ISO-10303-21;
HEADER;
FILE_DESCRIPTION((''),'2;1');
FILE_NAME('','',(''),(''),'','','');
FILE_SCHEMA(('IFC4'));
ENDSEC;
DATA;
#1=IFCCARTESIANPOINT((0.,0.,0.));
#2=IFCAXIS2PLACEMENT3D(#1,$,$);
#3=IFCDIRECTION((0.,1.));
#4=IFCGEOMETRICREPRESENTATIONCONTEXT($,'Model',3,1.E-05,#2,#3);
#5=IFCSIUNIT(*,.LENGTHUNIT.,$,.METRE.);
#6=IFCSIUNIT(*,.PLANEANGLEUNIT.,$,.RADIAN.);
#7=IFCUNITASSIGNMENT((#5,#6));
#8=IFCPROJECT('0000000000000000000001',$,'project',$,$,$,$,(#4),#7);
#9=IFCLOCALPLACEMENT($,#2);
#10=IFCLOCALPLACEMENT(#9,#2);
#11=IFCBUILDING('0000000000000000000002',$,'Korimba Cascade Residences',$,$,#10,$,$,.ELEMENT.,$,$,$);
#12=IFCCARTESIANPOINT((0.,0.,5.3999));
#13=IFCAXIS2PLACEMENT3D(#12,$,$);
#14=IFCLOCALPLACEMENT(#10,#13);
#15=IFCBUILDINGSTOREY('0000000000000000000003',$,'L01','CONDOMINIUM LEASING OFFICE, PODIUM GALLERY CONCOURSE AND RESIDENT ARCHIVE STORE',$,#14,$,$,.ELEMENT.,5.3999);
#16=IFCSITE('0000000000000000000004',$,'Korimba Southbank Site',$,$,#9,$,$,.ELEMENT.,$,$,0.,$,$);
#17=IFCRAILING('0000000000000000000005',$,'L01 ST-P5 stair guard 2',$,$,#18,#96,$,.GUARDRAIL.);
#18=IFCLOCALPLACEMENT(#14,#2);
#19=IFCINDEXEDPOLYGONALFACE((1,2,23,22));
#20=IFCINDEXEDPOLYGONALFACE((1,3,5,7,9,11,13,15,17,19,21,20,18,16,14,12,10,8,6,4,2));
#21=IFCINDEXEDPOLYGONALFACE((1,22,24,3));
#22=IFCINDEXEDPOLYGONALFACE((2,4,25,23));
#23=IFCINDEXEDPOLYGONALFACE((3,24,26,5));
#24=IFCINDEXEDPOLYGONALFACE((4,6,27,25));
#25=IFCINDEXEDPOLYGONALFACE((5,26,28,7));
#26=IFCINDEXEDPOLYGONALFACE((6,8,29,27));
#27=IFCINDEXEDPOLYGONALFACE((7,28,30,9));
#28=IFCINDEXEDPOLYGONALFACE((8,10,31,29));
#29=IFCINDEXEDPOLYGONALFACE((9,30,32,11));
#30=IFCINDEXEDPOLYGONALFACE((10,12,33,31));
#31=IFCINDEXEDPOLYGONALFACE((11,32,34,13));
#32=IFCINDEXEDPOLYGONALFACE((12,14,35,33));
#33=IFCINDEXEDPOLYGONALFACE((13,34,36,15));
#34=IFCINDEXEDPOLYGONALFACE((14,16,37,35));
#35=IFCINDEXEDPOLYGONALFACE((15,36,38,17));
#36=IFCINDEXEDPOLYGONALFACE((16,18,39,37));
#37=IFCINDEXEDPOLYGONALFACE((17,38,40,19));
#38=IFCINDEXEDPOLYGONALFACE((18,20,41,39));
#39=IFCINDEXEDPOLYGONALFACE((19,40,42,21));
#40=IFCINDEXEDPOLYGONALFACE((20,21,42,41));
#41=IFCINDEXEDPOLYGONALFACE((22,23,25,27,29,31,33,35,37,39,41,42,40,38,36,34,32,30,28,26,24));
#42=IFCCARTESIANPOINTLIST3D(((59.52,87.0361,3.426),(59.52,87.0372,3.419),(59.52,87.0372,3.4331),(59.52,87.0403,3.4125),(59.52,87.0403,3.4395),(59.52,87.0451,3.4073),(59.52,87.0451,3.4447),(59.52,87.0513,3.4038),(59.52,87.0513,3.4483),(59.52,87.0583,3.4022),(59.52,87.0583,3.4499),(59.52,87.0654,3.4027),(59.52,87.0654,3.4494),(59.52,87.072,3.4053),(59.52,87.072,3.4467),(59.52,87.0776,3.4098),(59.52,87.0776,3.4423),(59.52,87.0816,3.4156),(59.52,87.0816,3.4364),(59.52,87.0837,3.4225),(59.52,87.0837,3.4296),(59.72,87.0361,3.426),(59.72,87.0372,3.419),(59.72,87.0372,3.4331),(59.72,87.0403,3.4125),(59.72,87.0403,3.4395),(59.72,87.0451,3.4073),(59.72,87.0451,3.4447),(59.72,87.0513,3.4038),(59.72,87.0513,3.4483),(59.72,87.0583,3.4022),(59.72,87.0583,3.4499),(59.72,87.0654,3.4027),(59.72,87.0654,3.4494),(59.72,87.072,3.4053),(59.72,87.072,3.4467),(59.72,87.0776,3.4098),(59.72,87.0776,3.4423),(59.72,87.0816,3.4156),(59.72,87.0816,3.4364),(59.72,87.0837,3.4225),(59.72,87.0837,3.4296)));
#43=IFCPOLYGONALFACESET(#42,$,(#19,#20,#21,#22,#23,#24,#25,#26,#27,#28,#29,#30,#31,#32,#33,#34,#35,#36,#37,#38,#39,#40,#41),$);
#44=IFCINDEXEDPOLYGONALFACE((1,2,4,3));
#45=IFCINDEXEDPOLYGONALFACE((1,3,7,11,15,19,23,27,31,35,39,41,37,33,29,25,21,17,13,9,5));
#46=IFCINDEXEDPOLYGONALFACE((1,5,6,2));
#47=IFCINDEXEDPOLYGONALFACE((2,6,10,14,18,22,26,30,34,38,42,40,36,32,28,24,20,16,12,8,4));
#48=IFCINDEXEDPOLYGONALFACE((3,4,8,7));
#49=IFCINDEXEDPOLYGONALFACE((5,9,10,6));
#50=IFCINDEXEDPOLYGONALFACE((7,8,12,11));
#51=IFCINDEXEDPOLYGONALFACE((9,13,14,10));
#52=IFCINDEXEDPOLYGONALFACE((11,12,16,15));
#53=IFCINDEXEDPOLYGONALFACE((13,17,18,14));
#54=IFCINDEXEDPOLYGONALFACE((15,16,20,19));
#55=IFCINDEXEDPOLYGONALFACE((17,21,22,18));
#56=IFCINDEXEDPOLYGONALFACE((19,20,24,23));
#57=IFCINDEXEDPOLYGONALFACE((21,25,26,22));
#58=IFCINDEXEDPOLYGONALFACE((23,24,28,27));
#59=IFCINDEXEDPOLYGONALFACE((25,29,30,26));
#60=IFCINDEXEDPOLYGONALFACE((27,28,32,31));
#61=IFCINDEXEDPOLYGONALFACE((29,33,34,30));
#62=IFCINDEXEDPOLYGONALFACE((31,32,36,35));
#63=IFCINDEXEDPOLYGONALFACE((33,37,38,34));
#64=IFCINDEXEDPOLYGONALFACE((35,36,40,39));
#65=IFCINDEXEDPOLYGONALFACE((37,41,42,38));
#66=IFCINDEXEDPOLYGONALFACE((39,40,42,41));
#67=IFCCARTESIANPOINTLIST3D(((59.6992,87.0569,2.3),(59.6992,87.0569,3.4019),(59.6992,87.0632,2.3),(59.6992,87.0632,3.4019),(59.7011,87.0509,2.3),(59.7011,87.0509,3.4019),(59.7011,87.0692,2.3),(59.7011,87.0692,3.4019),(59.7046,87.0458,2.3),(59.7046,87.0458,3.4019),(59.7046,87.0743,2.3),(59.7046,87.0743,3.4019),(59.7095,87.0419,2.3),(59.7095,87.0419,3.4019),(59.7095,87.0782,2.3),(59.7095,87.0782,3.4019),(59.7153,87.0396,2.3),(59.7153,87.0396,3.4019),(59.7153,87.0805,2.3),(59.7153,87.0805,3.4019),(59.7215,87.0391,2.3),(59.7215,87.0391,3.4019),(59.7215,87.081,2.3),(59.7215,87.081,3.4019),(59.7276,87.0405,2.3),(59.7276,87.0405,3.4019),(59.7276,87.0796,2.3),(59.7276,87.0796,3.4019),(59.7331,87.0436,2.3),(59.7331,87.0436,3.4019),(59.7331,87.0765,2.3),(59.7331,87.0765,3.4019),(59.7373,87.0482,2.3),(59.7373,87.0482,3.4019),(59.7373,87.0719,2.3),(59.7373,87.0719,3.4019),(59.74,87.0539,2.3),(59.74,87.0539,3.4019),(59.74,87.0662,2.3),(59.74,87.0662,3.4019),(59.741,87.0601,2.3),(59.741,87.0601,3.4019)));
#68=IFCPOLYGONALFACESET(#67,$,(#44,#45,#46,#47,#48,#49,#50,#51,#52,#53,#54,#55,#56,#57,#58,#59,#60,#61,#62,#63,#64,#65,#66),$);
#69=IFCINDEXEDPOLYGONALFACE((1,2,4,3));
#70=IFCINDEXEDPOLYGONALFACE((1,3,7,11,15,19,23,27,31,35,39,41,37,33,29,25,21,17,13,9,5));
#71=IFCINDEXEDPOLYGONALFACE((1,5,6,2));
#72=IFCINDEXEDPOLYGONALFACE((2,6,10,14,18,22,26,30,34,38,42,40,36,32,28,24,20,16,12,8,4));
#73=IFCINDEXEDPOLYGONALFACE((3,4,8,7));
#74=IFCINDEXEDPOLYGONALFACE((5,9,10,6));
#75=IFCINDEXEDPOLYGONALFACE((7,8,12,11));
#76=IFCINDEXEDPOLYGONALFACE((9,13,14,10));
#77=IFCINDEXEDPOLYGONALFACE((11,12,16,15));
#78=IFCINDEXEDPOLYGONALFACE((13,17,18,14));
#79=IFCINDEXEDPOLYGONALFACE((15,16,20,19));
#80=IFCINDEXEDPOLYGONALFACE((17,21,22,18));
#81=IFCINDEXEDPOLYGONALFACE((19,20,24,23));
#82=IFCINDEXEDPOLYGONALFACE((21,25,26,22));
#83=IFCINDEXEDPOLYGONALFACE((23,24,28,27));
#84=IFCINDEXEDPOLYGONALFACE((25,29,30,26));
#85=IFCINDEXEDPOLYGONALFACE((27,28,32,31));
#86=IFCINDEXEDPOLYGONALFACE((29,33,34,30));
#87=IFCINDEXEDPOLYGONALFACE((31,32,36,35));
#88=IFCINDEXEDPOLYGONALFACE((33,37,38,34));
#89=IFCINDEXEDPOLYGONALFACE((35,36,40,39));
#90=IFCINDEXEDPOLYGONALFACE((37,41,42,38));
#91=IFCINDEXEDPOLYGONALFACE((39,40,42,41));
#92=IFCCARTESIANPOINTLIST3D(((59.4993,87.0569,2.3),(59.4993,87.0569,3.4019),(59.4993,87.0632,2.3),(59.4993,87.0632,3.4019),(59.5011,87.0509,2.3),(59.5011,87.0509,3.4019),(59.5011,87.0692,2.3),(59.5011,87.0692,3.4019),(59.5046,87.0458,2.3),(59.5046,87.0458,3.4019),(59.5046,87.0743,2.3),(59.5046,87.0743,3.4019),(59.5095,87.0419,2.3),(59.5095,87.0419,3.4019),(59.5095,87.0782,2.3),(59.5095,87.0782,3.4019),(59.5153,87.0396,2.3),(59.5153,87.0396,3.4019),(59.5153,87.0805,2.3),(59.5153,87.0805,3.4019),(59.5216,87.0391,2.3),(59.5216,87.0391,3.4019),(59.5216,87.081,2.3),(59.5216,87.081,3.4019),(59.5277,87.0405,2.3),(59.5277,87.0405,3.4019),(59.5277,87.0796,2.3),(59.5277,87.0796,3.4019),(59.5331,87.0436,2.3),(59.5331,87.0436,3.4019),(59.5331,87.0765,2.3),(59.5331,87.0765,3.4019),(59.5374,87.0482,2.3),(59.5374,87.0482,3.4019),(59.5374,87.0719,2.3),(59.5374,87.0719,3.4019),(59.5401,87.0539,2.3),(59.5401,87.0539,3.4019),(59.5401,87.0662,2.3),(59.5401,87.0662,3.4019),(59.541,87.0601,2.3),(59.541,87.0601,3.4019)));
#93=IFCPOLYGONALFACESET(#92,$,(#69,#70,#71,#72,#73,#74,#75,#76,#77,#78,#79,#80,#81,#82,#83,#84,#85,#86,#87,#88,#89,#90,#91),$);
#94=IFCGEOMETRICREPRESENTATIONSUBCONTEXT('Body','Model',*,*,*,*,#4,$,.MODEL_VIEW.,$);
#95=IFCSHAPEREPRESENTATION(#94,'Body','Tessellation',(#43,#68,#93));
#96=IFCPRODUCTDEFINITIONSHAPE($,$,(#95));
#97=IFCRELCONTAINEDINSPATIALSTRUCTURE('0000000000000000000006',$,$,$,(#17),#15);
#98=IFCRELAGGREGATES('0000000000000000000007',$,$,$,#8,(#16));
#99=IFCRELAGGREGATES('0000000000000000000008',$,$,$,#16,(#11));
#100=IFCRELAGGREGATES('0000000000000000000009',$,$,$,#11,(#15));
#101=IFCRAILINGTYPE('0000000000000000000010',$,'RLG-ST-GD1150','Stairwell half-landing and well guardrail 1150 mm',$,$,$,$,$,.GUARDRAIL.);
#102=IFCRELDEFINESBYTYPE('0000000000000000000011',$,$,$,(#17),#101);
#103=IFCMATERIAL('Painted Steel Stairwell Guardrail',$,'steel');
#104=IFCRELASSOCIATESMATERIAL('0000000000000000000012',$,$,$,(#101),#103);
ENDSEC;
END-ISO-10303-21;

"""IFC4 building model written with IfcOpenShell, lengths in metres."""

from ifc_helpers import new_model, si_unit, direction, frame, origin, origin_2d, place, context, subcontext, project, spatial, circle, extrude, material, type_object, element, save


model = new_model("IFC4")

# Units and contexts
model_context = context("Model", 3, precision=1e-05, world=origin(), true_north=direction((0.0, 1.0)))
body_context = subcontext(model_context, "Body", "Model", "MODEL_VIEW")
ifc_project = project(units=[si_unit("LENGTHUNIT", "METRE"), si_unit("PLANEANGLEUNIT", "RADIAN")], contexts=[model_context])

# Site, building, storey
site_placement = place(None, origin())
site = spatial("IfcSite", under=ifc_project, at=site_placement, Name="Korimba Southbank Site", CompositionType="ELEMENT", RefElevation=0.0)
building_placement = place(site_placement, origin())
building = spatial("IfcBuilding", under=site, at=building_placement, Name="Korimba Cascade Residences", CompositionType="ELEMENT")
storey_placement = place(building_placement, frame((0.0, 0.0, 5.3999)))
storey = spatial("IfcBuildingStorey", under=building, at=storey_placement, Name="L01", Description="CONDOMINIUM LEASING OFFICE, PODIUM GALLERY CONCOURSE AND RESIDENT ARCHIVE STORE", CompositionType="ELEMENT", Elevation=5.3999)

# Railing
ifc_material_1 = material(Name="Painted Steel Stairwell Guardrail", Category="steel")
railing_type_1 = type_object("IfcRailingType", Name="RLG-ST-GD1150", Description="Stairwell half-landing and well guardrail 1150 mm", PredefinedType="GUARDRAIL", material=ifc_material_1)
railing_1_placement = place(storey_placement, frame((59.72, 87.0601, 2.3)))
element("IfcRailing", 1, at=railing_1_placement, inside=storey, type_object=railing_type_1, Name="L01 ST-P5 stair guard 2", PredefinedType="GUARDRAIL", context=body_context, shape_type="SweptSolid", body=[
    extrude(circle(Radius=0.0239, at=origin_2d()), frame((0.0, 0.0, 1.126), z_axis=(-1.0, 0.0, 0.0), x_axis=(0.0, -1.0, 0.0)), (0.0, 0.0, 1.0), 0.2),
    extrude(circle(Radius=0.021, at=origin_2d()), origin(), (0.0, 0.0, 1.0), 1.1018),
    extrude(circle(Radius=0.021, at=origin_2d()), frame((-0.2, 0.0, 0.0)), (0.0, 0.0, 1.0), 1.1018),
])

save(model, "model.ifc")
